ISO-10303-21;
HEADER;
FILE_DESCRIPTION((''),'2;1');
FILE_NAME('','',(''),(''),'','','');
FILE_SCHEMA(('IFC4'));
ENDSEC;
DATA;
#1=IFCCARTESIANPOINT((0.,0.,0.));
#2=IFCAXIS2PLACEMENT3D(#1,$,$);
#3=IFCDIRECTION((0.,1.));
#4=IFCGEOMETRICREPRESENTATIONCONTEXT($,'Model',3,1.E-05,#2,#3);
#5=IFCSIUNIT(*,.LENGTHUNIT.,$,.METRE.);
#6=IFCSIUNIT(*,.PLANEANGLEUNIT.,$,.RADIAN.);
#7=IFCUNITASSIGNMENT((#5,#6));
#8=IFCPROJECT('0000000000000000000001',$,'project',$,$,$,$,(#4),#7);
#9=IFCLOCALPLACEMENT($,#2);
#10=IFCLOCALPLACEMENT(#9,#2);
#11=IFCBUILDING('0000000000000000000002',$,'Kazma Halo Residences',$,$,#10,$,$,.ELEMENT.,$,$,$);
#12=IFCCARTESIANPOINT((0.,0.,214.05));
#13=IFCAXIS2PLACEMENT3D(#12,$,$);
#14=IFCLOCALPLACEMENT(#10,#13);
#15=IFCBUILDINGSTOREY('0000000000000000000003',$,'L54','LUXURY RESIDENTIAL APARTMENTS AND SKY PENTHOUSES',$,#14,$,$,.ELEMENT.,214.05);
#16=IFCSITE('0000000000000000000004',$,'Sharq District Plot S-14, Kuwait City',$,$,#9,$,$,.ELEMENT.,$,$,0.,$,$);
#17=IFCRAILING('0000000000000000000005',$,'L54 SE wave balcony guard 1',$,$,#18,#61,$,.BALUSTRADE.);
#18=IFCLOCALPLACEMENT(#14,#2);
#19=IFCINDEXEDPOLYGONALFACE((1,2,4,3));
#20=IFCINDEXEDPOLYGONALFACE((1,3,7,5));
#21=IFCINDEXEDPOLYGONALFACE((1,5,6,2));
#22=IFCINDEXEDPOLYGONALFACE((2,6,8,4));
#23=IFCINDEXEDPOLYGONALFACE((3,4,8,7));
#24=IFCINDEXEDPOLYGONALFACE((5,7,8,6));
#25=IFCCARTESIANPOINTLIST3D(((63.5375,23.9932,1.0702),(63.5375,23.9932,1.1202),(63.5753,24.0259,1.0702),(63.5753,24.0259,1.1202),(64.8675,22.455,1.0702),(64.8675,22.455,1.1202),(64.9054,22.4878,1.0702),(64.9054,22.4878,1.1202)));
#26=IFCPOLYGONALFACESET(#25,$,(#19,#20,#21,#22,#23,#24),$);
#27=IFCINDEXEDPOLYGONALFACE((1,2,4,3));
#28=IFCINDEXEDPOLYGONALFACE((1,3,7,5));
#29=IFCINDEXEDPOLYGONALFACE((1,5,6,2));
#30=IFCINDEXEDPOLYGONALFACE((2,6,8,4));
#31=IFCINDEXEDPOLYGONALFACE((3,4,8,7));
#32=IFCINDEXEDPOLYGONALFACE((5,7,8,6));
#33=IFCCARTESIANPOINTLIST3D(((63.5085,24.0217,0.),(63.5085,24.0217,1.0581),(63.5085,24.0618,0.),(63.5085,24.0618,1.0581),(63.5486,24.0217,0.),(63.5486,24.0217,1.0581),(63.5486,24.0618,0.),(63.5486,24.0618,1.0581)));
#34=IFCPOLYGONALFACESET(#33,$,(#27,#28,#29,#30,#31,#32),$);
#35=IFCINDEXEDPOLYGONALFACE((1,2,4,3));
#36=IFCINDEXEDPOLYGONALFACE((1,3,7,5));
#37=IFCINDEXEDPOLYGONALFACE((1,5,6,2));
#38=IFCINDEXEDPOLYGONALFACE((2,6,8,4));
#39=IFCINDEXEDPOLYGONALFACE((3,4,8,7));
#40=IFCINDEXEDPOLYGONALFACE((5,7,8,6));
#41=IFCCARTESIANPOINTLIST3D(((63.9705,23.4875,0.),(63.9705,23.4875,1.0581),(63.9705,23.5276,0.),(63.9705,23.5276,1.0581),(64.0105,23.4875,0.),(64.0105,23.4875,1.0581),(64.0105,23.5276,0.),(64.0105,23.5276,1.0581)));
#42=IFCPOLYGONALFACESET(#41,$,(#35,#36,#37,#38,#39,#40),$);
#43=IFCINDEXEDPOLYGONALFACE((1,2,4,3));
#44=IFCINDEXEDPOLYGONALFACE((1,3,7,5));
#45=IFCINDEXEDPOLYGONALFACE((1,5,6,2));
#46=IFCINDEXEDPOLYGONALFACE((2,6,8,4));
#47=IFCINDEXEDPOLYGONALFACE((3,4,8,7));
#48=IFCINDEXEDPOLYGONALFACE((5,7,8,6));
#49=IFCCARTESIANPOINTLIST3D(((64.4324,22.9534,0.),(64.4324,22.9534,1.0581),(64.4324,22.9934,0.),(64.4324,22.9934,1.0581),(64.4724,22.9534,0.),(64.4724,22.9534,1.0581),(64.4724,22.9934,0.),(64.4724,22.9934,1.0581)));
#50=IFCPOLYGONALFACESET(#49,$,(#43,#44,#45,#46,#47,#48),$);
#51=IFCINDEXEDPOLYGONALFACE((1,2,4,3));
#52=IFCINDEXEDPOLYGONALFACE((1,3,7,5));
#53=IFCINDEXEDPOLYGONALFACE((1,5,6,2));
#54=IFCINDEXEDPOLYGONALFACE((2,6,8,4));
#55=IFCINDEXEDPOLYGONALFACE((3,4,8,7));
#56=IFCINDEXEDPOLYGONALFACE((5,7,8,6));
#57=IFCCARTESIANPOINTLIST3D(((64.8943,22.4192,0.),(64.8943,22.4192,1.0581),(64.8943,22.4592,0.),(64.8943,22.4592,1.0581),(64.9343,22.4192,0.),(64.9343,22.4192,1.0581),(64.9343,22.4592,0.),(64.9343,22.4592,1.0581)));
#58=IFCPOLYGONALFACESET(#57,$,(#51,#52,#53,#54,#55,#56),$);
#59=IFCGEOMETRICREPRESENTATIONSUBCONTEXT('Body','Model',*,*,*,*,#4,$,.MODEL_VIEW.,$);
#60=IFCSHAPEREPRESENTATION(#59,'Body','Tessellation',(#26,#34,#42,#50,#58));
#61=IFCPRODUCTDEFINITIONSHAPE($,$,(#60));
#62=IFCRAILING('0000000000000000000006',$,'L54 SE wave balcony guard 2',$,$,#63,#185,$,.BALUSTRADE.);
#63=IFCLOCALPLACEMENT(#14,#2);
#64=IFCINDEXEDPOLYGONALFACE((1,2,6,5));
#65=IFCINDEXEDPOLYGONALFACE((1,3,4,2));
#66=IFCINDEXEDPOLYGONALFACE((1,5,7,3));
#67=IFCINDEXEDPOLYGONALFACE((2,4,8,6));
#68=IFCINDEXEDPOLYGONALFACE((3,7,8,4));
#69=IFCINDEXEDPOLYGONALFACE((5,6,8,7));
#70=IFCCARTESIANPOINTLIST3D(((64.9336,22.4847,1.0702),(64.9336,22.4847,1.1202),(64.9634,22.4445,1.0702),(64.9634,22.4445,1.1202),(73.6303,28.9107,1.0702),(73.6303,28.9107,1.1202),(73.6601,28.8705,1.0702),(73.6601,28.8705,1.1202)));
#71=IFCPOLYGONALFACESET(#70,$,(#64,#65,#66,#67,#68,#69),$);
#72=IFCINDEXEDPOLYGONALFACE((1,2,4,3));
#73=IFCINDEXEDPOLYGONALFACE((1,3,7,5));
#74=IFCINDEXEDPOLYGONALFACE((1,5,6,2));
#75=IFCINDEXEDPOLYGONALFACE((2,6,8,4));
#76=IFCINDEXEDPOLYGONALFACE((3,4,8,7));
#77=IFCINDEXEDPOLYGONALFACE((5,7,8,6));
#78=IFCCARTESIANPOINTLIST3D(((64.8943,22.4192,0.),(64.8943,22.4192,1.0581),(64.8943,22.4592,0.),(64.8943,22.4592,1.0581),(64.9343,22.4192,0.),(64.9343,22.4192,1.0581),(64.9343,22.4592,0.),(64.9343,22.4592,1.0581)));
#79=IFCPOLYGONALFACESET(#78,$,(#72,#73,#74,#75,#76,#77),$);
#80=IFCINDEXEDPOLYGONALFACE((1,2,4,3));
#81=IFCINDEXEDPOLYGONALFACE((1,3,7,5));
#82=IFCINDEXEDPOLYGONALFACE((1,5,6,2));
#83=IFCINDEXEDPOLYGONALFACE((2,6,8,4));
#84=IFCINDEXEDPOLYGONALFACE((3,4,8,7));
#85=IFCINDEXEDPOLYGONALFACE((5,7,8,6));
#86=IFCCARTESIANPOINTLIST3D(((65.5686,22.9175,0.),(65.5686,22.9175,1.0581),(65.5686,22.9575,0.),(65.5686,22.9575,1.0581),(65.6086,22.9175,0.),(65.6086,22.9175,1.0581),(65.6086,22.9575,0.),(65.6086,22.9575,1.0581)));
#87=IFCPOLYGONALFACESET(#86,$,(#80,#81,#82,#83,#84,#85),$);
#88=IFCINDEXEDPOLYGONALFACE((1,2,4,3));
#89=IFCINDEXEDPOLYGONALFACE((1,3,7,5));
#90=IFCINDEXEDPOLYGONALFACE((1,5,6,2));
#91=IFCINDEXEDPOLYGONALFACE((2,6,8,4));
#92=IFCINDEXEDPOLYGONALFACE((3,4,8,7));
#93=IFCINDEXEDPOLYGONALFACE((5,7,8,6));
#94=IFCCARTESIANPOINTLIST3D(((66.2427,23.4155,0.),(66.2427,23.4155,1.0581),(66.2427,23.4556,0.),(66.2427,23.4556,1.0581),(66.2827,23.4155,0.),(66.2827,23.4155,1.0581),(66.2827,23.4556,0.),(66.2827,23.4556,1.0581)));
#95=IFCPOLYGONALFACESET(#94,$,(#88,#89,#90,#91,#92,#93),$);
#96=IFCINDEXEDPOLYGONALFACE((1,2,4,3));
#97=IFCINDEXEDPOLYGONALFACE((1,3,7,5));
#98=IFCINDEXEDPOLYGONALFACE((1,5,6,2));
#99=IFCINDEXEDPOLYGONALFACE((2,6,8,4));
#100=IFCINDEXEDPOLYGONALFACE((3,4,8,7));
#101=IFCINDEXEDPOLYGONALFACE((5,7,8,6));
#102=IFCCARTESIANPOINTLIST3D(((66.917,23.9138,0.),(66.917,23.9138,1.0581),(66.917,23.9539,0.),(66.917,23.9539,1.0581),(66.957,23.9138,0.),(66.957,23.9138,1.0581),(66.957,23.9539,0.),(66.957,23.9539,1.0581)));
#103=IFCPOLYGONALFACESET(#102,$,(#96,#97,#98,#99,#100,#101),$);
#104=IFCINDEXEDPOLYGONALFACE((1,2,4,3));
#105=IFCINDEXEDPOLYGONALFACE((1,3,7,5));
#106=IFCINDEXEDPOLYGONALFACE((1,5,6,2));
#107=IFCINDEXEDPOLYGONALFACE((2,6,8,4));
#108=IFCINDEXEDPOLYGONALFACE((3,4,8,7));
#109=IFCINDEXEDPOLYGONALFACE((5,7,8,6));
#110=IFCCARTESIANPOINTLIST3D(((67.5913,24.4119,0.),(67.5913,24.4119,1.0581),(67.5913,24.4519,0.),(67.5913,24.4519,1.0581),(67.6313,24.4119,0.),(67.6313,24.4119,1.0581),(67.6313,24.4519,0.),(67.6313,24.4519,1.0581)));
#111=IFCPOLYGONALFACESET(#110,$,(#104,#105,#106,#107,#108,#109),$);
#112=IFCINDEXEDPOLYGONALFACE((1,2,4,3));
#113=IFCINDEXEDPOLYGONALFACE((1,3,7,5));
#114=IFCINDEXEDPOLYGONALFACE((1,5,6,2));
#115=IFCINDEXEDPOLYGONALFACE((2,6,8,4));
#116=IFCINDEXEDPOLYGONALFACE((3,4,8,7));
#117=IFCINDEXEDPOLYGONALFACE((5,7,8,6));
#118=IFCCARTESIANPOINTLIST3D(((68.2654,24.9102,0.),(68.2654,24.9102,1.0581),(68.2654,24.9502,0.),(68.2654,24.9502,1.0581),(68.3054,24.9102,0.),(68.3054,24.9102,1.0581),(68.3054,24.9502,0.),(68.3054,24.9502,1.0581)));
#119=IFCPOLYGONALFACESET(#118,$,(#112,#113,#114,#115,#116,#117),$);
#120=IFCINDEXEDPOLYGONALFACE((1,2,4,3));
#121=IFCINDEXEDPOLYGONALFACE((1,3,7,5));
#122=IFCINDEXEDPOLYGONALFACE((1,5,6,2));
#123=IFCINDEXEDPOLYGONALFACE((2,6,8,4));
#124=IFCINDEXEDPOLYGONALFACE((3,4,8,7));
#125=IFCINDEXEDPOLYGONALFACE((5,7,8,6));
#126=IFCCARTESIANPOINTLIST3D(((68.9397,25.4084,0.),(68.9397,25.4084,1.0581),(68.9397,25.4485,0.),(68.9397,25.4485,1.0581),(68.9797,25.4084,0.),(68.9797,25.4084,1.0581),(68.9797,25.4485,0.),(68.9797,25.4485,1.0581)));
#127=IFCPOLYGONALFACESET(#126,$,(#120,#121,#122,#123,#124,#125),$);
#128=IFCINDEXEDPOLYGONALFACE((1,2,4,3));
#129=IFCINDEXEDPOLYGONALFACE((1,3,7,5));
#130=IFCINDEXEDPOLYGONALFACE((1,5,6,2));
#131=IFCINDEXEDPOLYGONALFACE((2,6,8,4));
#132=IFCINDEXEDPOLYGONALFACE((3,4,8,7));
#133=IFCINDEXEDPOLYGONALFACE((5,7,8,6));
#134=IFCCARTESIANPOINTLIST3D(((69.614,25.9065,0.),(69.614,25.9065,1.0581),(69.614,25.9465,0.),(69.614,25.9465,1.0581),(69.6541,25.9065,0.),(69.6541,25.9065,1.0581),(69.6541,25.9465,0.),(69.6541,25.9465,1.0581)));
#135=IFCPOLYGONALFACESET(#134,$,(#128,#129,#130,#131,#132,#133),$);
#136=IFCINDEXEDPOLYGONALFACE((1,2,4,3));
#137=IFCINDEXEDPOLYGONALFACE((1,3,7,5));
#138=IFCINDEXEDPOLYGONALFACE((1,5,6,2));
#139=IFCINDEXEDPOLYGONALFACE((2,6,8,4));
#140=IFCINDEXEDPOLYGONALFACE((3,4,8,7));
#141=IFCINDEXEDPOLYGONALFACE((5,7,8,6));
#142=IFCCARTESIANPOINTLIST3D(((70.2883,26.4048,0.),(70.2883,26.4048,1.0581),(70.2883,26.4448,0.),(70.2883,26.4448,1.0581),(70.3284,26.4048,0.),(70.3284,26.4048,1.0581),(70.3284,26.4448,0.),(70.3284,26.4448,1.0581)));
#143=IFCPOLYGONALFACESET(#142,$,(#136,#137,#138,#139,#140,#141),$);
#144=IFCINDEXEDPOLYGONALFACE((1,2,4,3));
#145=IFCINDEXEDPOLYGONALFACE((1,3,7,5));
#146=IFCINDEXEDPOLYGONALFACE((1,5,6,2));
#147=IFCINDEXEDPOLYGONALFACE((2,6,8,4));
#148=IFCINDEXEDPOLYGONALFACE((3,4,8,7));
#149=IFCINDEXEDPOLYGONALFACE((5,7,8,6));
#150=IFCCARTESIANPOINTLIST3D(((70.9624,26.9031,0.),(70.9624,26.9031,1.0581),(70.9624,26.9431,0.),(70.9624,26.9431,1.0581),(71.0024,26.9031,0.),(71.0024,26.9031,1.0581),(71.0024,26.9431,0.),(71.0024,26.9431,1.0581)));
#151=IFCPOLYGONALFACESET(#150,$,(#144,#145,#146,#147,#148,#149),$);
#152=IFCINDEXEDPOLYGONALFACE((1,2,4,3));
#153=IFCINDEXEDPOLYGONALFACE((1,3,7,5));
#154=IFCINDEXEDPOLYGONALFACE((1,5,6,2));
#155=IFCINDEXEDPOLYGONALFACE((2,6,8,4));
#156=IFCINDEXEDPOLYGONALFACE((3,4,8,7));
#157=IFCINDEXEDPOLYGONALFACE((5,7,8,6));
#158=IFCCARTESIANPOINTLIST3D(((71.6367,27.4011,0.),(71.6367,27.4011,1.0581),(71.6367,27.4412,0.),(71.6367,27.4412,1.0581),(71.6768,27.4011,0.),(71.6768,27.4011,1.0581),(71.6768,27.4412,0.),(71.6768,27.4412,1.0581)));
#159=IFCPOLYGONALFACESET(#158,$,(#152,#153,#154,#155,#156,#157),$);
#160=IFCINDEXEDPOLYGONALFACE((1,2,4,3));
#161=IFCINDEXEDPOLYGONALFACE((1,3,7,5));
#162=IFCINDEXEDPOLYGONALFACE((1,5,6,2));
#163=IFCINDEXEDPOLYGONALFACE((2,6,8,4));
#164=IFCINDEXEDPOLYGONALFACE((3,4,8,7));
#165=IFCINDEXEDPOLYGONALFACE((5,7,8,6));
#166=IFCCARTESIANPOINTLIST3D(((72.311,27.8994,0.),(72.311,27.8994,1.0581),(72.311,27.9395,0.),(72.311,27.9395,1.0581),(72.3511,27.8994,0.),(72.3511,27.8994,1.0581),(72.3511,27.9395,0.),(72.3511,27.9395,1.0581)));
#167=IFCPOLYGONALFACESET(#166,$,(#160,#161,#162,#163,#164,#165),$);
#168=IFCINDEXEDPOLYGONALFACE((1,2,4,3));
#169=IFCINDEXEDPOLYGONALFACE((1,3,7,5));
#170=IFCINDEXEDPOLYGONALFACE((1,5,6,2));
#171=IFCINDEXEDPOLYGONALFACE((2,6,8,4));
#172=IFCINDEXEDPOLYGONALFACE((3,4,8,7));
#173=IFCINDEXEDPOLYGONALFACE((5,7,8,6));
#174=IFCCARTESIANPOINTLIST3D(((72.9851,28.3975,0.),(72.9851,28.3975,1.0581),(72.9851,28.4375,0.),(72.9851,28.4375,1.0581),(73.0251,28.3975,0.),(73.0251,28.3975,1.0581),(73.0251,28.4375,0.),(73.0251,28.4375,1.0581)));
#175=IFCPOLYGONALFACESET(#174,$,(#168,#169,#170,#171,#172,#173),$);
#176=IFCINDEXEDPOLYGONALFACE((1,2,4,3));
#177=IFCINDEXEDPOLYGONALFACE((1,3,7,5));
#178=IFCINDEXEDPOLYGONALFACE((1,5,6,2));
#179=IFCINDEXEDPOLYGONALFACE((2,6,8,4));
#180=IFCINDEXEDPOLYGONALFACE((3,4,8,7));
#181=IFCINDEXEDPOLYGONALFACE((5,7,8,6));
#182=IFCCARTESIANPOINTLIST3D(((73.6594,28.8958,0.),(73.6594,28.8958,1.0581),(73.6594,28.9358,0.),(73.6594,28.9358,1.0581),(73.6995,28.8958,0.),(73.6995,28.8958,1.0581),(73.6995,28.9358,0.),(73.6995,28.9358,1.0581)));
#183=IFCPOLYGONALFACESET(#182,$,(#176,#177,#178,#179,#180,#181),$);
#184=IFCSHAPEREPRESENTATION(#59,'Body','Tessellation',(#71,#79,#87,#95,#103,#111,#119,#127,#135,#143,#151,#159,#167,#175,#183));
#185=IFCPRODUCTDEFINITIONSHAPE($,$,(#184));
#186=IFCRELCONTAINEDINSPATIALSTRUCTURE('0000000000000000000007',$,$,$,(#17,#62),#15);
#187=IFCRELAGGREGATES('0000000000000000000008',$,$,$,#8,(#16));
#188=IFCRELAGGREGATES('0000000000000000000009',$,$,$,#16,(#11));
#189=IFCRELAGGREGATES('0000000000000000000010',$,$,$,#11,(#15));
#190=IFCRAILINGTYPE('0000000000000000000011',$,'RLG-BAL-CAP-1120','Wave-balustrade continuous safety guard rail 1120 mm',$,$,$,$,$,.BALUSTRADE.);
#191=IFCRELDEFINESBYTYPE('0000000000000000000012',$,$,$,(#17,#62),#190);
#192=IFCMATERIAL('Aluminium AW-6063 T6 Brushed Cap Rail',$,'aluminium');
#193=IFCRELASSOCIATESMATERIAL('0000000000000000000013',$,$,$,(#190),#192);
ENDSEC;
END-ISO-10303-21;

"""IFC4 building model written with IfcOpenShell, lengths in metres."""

from ifc_helpers import new_model, si_unit, direction, frame, origin, origin_2d, place, context, subcontext, project, spatial, rectangle, extrude, material, type_object, element, save


model = new_model("IFC4")

# Units and contexts
model_context = context("Model", 3, precision=1e-05, world=origin(), true_north=direction((0.0, 1.0)))
body_context = subcontext(model_context, "Body", "Model", "MODEL_VIEW")
ifc_project = project(units=[si_unit("LENGTHUNIT", "METRE"), si_unit("PLANEANGLEUNIT", "RADIAN")], contexts=[model_context])

# Site, building, storey
site_placement = place(None, origin())
site = spatial("IfcSite", under=ifc_project, at=site_placement, Name="Sharq District Plot S-14, Kuwait City", CompositionType="ELEMENT", RefElevation=0.0)
building_placement = place(site_placement, origin())
building = spatial("IfcBuilding", under=site, at=building_placement, Name="Kazma Halo Residences", CompositionType="ELEMENT")
storey_placement = place(building_placement, frame((0.0, 0.0, 214.05)))
storey = spatial("IfcBuildingStorey", under=building, at=storey_placement, Name="L54", Description="LUXURY RESIDENTIAL APARTMENTS AND SKY PENTHOUSES", CompositionType="ELEMENT", Elevation=214.05)

# Railings
ifc_material_1 = material(Name="Aluminium AW-6063 T6 Brushed Cap Rail", Category="aluminium")
railing_type = type_object("IfcRailingType", Name="RLG-BAL-CAP-1120", Description="Wave-balustrade continuous safety guard rail 1120 mm", PredefinedType="BALUSTRADE", material=ifc_material_1)
railing_1_placement = place(storey_placement, frame((63.5286, 24.0417, 0.0)))
element("IfcRailing", 1, at=railing_1_placement, inside=storey, type_object=railing_type, Name="L54 SE wave balcony guard 1", PredefinedType="BALUSTRADE", context=body_context, shape_type="SweptSolid", body=[
    extrude(rectangle(XDim=0.05, YDim=0.05, at=origin_2d()), frame((0.0278, -0.0322, 1.0952), z_axis=(0.654088, -0.756419, 0.0), x_axis=(0.756419, 0.654088, 0.0)), (0.0, 0.0, 1.0), 2.0334),
    extrude(rectangle(XDim=0.04, YDim=0.04, at=origin_2d()), origin(), (0.0, 0.0, 1.0), 1.0581),
    extrude(rectangle(XDim=0.04, YDim=0.04, at=origin_2d()), frame((0.4619, -0.5342, 0.0)), (0.0, 0.0, 1.0), 1.0581),
    extrude(rectangle(XDim=0.04, YDim=0.04, at=origin_2d()), frame((0.9238, -1.0684, 0.0)), (0.0, 0.0, 1.0), 1.0581),
    extrude(rectangle(XDim=0.04, YDim=0.04, at=origin_2d()), frame((1.3857, -1.6025, 0.0)), (0.0, 0.0, 1.0), 1.0581),
])
railing_2_placement = place(storey_placement, frame((64.9143, 22.4392, 0.0)))
element("IfcRailing", 2, at=railing_2_placement, inside=storey, type_object=railing_type, Name="L54 SE wave balcony guard 2", PredefinedType="BALUSTRADE", context=body_context, shape_type="SweptSolid", body=[
    extrude(rectangle(XDim=0.05, YDim=0.05, at=origin_2d()), frame((0.0342, 0.0254, 1.0952), z_axis=(0.804265, 0.594271, 0.0), x_axis=(-0.594271, 0.804265, 0.0)), (0.0, 0.0, 1.0), 10.8132),
    extrude(rectangle(XDim=0.04, YDim=0.04, at=origin_2d()), origin(), (0.0, 0.0, 1.0), 1.0581),
    extrude(rectangle(XDim=0.04, YDim=0.04, at=origin_2d()), frame((0.6743, 0.4983, 0.0)), (0.0, 0.0, 1.0), 1.0581),
    extrude(rectangle(XDim=0.04, YDim=0.04, at=origin_2d()), frame((1.3484, 0.9963, 0.0)), (0.0, 0.0, 1.0), 1.0581),
    extrude(rectangle(XDim=0.04, YDim=0.04, at=origin_2d()), frame((2.0227, 1.4946, 0.0)), (0.0, 0.0, 1.0), 1.0581),
    extrude(rectangle(XDim=0.04, YDim=0.04, at=origin_2d()), frame((2.697, 1.9927, 0.0)), (0.0, 0.0, 1.0), 1.0581),
    extrude(rectangle(XDim=0.04, YDim=0.04, at=origin_2d()), frame((3.3711, 2.491, 0.0)), (0.0, 0.0, 1.0), 1.0581),
    extrude(rectangle(XDim=0.04, YDim=0.04, at=origin_2d()), frame((4.0454, 2.9893, 0.0)), (0.0, 0.0, 1.0), 1.0581),
    extrude(rectangle(XDim=0.04, YDim=0.04, at=origin_2d()), frame((4.7197, 3.4873, 0.0)), (0.0, 0.0, 1.0), 1.0581),
    extrude(rectangle(XDim=0.04, YDim=0.04, at=origin_2d()), frame((5.394, 3.9856, 0.0)), (0.0, 0.0, 1.0), 1.0581),
    extrude(rectangle(XDim=0.04, YDim=0.04, at=origin_2d()), frame((6.0681, 4.4839, 0.0)), (0.0, 0.0, 1.0), 1.0581),
    extrude(rectangle(XDim=0.04, YDim=0.04, at=origin_2d()), frame((6.7424, 4.9819, 0.0)), (0.0, 0.0, 1.0), 1.0581),
    extrude(rectangle(XDim=0.04, YDim=0.04, at=origin_2d()), frame((7.4167, 5.4802, 0.0)), (0.0, 0.0, 1.0), 1.0581),
    extrude(rectangle(XDim=0.04, YDim=0.04, at=origin_2d()), frame((8.0908, 5.9783, 0.0)), (0.0, 0.0, 1.0), 1.0581),
    extrude(rectangle(XDim=0.04, YDim=0.04, at=origin_2d()), frame((8.7651, 6.4766, 0.0)), (0.0, 0.0, 1.0), 1.0581),
])

save(model, "model.ifc")
